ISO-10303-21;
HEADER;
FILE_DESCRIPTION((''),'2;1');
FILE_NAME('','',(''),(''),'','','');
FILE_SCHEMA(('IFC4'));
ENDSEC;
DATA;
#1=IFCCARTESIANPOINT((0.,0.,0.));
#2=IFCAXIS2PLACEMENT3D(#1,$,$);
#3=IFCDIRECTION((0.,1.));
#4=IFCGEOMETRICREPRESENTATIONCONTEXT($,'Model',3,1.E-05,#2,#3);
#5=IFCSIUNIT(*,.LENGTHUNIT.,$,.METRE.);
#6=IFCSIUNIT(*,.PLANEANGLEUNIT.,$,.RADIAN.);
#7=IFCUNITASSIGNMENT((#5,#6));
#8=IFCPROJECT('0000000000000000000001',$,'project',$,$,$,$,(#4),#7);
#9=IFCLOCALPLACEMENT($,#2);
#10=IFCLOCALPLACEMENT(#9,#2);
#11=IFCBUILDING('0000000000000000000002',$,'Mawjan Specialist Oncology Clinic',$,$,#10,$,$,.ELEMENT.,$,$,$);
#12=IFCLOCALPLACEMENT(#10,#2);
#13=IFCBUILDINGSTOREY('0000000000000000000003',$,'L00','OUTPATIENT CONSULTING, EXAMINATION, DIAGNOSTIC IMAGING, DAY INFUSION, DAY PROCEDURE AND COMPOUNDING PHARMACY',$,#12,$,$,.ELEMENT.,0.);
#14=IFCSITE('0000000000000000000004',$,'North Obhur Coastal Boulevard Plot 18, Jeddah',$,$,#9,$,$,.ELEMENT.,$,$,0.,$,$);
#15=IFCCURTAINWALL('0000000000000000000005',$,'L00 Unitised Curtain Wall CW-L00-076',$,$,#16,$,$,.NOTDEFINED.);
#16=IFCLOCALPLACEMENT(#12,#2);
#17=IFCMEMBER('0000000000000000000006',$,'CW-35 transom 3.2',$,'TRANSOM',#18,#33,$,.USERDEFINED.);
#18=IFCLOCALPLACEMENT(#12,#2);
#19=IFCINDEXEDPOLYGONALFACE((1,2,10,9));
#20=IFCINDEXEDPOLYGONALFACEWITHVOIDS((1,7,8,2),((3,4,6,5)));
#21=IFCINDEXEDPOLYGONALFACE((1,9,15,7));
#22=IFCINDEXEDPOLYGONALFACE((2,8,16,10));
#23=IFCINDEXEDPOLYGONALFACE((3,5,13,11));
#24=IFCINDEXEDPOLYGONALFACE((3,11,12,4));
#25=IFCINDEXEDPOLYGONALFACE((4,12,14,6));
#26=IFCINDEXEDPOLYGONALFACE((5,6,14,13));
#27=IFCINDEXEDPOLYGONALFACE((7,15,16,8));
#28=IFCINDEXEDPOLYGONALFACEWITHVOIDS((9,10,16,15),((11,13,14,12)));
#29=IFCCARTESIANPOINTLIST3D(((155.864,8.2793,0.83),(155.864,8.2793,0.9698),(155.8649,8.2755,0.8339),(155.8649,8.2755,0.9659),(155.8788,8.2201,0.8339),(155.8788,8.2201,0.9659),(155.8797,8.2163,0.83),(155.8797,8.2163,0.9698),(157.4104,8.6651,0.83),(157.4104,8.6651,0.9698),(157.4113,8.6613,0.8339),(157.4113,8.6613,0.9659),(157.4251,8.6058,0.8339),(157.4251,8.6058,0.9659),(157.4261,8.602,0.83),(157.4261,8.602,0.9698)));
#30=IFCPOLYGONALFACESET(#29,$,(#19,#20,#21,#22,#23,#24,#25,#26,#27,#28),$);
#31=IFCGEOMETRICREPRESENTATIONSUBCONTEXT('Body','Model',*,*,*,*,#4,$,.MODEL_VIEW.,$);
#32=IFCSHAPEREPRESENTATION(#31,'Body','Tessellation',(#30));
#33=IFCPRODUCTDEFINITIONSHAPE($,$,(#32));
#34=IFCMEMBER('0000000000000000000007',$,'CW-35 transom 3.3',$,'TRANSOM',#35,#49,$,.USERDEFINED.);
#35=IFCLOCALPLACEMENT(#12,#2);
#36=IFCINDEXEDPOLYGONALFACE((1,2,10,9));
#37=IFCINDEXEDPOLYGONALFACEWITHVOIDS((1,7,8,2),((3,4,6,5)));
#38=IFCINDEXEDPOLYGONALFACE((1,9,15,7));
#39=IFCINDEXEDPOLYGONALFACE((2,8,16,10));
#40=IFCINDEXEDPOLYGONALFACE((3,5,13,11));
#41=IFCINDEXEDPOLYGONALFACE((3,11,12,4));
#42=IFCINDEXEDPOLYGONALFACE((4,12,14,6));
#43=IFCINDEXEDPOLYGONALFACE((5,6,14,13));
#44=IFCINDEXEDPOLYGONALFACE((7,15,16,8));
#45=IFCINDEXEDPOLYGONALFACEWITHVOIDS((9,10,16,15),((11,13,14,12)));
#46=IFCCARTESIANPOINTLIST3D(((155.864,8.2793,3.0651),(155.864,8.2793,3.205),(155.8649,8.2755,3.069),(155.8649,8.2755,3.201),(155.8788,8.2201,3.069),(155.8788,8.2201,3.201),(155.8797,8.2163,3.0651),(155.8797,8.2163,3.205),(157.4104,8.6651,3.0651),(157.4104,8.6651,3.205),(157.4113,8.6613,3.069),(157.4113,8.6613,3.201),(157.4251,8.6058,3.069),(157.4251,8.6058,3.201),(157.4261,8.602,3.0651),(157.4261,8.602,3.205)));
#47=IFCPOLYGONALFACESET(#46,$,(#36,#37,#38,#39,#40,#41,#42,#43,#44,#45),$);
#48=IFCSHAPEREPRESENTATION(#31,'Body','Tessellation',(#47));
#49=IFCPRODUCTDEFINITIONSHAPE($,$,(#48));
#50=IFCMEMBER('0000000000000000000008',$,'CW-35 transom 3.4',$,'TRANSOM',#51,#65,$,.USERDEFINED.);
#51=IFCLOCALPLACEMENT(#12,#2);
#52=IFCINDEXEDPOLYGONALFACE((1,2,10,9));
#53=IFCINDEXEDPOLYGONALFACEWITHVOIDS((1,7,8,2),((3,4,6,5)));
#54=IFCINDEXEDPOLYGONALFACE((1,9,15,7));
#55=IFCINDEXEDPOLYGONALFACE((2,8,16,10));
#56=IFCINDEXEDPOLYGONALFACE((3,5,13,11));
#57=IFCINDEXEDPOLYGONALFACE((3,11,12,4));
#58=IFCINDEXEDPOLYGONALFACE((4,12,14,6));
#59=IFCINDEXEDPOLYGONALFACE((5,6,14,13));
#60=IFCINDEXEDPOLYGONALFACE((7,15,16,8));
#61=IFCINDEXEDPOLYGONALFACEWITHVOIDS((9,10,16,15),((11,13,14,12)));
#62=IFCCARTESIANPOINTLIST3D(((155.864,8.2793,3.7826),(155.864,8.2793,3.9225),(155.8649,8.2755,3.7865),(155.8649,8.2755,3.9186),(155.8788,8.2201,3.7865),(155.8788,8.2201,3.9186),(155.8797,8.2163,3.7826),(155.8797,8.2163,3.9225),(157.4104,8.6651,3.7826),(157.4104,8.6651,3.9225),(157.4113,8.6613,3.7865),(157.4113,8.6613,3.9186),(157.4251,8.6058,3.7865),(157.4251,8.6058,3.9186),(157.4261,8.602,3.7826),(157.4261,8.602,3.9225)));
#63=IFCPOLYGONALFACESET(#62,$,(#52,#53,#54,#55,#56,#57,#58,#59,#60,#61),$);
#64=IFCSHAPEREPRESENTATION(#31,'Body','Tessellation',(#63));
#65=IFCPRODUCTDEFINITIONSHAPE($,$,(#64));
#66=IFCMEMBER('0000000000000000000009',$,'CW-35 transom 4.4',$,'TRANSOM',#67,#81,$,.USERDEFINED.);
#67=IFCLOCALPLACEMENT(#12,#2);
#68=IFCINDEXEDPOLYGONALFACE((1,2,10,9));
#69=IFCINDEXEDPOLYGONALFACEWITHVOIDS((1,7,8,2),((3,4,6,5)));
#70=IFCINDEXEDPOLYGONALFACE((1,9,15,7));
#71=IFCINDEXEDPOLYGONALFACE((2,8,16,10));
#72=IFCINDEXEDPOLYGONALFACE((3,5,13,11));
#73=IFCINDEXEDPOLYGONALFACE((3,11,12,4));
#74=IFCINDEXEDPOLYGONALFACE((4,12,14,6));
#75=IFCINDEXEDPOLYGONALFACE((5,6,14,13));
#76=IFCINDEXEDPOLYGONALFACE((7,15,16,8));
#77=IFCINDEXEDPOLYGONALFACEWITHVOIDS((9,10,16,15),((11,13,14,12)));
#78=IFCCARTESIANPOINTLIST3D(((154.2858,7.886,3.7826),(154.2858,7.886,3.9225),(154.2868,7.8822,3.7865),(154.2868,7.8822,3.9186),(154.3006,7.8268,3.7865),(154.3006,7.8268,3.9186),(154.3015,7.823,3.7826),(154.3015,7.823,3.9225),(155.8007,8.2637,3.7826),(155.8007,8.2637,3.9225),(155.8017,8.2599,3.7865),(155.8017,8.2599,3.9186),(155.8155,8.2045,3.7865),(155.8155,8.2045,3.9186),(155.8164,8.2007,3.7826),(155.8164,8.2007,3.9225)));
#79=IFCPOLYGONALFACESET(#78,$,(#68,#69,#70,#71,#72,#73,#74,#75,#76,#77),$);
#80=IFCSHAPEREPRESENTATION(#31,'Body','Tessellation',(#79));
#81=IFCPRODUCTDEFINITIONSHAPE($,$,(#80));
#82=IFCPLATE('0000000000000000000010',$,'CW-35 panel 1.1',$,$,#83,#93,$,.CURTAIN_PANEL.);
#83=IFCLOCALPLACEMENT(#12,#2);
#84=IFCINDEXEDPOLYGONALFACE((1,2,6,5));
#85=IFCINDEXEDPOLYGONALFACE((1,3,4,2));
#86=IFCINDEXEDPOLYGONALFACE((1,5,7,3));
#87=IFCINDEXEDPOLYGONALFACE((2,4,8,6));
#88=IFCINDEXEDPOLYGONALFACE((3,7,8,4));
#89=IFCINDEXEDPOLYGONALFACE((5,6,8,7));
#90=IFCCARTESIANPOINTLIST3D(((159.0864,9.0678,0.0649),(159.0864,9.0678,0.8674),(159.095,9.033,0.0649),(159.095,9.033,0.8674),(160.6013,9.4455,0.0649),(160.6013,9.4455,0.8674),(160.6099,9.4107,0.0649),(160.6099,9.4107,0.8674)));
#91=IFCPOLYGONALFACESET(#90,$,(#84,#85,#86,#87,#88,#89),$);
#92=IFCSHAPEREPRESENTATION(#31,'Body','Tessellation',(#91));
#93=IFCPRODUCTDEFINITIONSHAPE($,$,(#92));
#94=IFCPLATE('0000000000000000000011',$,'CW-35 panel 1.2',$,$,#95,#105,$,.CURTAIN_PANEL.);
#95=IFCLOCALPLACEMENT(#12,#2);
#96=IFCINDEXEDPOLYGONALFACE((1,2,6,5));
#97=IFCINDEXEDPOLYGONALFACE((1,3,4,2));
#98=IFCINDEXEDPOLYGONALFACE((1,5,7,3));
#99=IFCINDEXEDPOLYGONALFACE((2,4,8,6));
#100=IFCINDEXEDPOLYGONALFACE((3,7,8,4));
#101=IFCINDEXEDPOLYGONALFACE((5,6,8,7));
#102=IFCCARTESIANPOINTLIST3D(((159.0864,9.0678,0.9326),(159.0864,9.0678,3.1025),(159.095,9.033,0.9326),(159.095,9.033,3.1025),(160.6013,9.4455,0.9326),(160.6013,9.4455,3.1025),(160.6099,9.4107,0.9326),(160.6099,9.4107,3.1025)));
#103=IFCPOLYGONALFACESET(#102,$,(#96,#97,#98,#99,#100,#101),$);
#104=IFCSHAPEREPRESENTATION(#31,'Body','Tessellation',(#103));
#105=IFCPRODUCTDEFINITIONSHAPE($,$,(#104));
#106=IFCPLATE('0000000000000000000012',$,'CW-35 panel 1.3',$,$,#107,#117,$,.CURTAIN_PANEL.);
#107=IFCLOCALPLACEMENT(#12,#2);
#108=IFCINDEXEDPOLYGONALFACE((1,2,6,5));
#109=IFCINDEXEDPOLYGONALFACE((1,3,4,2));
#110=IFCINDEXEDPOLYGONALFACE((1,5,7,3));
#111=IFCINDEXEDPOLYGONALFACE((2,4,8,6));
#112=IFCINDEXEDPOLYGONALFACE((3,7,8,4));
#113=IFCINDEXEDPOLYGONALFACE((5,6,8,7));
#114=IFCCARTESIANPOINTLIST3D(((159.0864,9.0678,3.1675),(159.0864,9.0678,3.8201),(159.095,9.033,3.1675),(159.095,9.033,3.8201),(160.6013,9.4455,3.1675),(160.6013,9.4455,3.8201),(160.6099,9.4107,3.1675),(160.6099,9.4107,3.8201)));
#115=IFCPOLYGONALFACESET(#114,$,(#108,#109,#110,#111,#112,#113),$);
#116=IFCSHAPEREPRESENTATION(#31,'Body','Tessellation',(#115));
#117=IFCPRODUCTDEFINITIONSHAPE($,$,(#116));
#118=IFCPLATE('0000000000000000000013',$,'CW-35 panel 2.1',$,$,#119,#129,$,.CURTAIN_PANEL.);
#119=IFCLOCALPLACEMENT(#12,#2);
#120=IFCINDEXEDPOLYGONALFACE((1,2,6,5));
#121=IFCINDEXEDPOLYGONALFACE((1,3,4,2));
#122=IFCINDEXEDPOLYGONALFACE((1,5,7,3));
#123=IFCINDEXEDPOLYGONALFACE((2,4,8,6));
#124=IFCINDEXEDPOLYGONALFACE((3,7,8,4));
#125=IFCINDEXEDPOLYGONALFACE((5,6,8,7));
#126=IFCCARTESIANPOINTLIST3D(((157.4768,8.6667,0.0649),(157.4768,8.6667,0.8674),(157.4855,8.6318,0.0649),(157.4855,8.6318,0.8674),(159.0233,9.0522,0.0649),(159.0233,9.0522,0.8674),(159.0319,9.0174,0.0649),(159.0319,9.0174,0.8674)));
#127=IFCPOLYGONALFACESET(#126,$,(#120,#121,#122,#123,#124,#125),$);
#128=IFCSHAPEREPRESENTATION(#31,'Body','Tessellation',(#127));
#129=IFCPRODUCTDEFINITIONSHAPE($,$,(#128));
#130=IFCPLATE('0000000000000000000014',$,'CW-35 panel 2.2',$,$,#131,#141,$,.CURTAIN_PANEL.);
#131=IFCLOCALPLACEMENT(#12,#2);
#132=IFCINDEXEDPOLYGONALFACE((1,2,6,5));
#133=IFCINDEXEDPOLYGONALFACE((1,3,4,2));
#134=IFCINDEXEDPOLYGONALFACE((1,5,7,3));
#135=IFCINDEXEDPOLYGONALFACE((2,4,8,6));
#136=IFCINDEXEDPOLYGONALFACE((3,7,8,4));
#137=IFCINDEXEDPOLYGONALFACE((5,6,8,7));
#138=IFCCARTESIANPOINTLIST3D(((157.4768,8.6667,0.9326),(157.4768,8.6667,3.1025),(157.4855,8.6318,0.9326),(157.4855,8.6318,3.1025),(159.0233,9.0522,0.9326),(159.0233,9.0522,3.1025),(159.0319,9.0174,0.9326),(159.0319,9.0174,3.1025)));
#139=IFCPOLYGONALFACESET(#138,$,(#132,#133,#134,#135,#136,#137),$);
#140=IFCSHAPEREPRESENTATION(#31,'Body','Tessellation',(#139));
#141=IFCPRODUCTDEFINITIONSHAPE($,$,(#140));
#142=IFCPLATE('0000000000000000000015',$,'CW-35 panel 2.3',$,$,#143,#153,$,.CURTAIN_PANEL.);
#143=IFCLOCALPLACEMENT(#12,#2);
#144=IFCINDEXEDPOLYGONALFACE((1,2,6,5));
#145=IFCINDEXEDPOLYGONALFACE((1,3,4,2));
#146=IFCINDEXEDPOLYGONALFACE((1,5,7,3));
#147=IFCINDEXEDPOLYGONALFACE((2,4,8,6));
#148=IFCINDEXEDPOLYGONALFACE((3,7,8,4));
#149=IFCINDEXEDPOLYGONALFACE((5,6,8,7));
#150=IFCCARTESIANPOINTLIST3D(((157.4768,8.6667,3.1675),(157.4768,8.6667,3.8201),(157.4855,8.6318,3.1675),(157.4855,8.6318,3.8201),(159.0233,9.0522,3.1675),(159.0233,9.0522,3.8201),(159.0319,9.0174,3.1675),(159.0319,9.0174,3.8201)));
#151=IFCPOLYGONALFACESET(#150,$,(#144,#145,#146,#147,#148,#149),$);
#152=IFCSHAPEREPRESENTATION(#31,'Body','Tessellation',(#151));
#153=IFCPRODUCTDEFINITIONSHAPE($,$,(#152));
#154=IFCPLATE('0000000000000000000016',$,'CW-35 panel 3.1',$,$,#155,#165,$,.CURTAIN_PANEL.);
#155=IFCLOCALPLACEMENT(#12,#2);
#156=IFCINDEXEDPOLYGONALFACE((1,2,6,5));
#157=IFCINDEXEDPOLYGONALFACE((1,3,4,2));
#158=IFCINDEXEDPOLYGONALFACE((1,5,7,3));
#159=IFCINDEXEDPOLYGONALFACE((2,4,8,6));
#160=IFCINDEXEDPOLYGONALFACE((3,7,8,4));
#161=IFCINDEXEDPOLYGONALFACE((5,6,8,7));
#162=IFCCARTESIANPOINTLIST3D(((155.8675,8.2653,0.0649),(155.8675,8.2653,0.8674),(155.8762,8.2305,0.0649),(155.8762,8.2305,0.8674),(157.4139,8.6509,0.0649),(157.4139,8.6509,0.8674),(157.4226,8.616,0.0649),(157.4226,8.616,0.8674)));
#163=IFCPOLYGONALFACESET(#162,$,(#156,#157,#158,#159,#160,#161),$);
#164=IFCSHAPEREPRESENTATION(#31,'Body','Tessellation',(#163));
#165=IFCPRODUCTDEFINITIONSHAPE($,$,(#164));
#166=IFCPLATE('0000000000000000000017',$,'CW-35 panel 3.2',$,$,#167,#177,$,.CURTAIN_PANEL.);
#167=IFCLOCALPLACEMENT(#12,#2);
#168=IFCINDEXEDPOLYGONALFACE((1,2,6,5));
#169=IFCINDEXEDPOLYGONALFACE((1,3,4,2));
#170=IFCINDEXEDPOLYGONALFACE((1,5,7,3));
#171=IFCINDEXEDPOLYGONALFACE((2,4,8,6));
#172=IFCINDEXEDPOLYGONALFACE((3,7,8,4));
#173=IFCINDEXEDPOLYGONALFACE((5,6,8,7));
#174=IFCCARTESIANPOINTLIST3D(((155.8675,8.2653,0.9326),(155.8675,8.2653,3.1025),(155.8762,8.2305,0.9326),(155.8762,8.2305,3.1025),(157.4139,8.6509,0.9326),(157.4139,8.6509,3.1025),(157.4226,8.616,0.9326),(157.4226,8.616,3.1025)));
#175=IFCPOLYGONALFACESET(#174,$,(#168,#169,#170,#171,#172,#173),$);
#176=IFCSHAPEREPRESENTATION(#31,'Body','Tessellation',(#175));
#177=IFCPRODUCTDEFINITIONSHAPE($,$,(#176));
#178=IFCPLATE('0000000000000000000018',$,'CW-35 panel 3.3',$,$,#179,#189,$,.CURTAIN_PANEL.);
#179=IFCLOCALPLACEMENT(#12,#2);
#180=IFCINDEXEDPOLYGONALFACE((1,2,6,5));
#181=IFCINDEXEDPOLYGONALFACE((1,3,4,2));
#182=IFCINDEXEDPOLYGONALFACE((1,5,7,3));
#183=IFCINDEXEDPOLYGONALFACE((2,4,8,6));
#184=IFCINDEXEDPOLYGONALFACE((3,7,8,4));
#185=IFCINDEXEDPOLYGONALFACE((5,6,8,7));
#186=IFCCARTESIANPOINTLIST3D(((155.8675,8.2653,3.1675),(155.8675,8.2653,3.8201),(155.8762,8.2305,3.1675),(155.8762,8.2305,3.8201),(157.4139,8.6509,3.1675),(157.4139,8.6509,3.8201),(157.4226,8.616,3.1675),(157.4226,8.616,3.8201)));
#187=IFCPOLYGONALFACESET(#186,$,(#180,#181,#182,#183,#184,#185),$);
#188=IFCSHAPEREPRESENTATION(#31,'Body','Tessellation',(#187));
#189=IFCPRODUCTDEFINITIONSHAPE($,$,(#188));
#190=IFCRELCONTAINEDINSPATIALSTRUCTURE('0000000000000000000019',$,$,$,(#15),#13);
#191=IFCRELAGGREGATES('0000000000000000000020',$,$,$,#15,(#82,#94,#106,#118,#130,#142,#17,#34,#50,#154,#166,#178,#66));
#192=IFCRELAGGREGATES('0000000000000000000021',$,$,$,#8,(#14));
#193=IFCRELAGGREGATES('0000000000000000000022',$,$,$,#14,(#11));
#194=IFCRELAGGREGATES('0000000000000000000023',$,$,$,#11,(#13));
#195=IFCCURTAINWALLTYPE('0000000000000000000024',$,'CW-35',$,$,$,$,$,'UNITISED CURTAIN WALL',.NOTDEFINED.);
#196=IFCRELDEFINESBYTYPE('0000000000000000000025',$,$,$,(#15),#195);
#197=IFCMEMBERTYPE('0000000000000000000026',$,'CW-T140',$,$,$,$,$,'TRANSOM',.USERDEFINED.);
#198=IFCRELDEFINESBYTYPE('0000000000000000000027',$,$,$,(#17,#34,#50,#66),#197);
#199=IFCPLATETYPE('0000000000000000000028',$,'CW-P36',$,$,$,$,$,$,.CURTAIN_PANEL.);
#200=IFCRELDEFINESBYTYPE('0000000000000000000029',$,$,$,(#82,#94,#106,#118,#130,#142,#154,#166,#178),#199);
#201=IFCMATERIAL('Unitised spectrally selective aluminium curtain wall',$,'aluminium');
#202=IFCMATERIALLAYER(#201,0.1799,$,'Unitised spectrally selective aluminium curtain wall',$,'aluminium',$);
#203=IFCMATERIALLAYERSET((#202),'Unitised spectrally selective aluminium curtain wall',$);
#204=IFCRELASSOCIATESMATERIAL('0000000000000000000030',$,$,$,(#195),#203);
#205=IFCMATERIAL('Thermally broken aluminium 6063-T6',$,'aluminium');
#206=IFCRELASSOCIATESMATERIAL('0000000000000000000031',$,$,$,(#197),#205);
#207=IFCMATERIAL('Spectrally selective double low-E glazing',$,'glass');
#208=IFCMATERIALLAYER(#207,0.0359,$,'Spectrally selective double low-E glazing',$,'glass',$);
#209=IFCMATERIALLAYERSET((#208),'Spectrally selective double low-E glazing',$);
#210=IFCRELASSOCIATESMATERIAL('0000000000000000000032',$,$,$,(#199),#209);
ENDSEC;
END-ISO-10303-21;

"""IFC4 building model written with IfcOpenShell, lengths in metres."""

from ifc_helpers import new_model, si_unit, direction, frame, origin, origin_2d, place, context, subcontext, project, spatial, rectangle, hollow_rectangle, extrude, material, layer, layer_set, material_profile, profile_set, type_object, element, aggregate, save


model = new_model("IFC4")

# Units and contexts
model_context = context("Model", 3, precision=1e-05, world=origin(), true_north=direction((0.0, 1.0)))
body_context = subcontext(model_context, "Body", "Model", "MODEL_VIEW")
ifc_project = project(units=[si_unit("LENGTHUNIT", "METRE"), si_unit("PLANEANGLEUNIT", "RADIAN")], contexts=[model_context])

# Site, building, storey
site_placement = place(None, origin())
site = spatial("IfcSite", under=ifc_project, at=site_placement, Name="North Obhur Coastal Boulevard Plot 18, Jeddah", CompositionType="ELEMENT", RefElevation=0.0)
building_placement = place(site_placement, origin())
building = spatial("IfcBuilding", under=site, at=building_placement, Name="Mawjan Specialist Oncology Clinic", CompositionType="ELEMENT")
storey_placement = place(building_placement, origin())
storey = spatial("IfcBuildingStorey", under=building, at=storey_placement, Name="L00", Description="OUTPATIENT CONSULTING, EXAMINATION, DIAGNOSTIC IMAGING, DAY INFUSION, DAY PROCEDURE AND COMPOUNDING PHARMACY", CompositionType="ELEMENT", Elevation=0.0)

# Curtain wall, members, plates
ifc_material_1 = material(Name="Unitised spectrally selective aluminium curtain wall", Category="aluminium")
ifc_layer_1 = layer(ifc_material_1, 0.1799, Name="Unitised spectrally selective aluminium curtain wall", Category="aluminium")
ifc_layer_set_1 = layer_set([ifc_layer_1], Name="Unitised spectrally selective aluminium curtain wall")
curtain_wall_type = type_object("IfcCurtainWallType", Name="CW-35", ElementType="UNITISED CURTAIN WALL", PredefinedType="NOTDEFINED", material=ifc_layer_set_1)
curtain_wall_placement = place(storey_placement, origin())
curtain_wall = element("IfcCurtainWall", 1, at=curtain_wall_placement, inside=storey, type_object=curtain_wall_type, Name="L00 Unitised Curtain Wall CW-L00-076", PredefinedType="NOTDEFINED")
ifc_material_2 = material(Name="Thermally broken aluminium 6063-T6", Category="aluminium")
ifc_material_profile_1 = material_profile(ifc_material_2, hollow_rectangle(XDim=0.0649, YDim=0.1399, WallThickness=0.0039, at=origin_2d()), Name="ALU TRANSOM 140x65x4", Category="aluminium")
ifc_profile_set_1 = profile_set([ifc_material_profile_1], Name="Thermally broken aluminium 6063-T6")
member_type_1 = type_object("IfcMemberType", Name="CW-T140", ElementType="TRANSOM", PredefinedType="USERDEFINED", material=ifc_profile_set_1)
member_1_placement = place(storey_placement, frame((157.4182, 8.6335, 0.8999), z_axis=(-0.970269, -0.242031, 0.0), x_axis=(0.242031, -0.970269, 0.0)))
member_1 = element("IfcMember", 2, at=member_1_placement, type_object=member_type_1, Name="CW-35 transom 3.2", ObjectType="TRANSOM", PredefinedType="USERDEFINED", context=body_context, shape_type="SweptSolid", body=[
    extrude(hollow_rectangle(XDim=0.0649, YDim=0.1399, WallThickness=0.0039, at=origin_2d()), origin(), (0.0, 0.0, 1.0), 1.5938),
])
member_2_placement = place(storey_placement, frame((157.4182, 8.6335, 3.135), z_axis=(-0.970269, -0.242031, 0.0), x_axis=(0.242031, -0.970269, 0.0)))
member_2 = element("IfcMember", 3, at=member_2_placement, type_object=member_type_1, Name="CW-35 transom 3.3", ObjectType="TRANSOM", PredefinedType="USERDEFINED", context=body_context, shape_type="SweptSolid", body=[
    extrude(hollow_rectangle(XDim=0.0649, YDim=0.1399, WallThickness=0.0039, at=origin_2d()), origin(), (0.0, 0.0, 1.0), 1.5938),
])
member_3_placement = place(storey_placement, frame((157.4182, 8.6335, 3.8525), z_axis=(-0.970269, -0.242031, 0.0), x_axis=(0.242031, -0.970269, 0.0)))
member_3 = element("IfcMember", 4, at=member_3_placement, type_object=member_type_1, Name="CW-35 transom 3.4", ObjectType="TRANSOM", PredefinedType="USERDEFINED", context=body_context, shape_type="SweptSolid", body=[
    extrude(hollow_rectangle(XDim=0.0649, YDim=0.1399, WallThickness=0.0039, at=origin_2d()), origin(), (0.0, 0.0, 1.0), 1.5938),
])
member_4_placement = place(storey_placement, frame((155.8086, 8.2322, 3.8525), z_axis=(-0.970299, -0.24191, 0.0), x_axis=(0.24191, -0.970299, 0.0)))
member_4 = element("IfcMember", 5, at=member_4_placement, type_object=member_type_1, Name="CW-35 transom 4.4", ObjectType="TRANSOM", PredefinedType="USERDEFINED", context=body_context, shape_type="SweptSolid", body=[
    extrude(hollow_rectangle(XDim=0.0649, YDim=0.1399, WallThickness=0.0039, at=origin_2d()), origin(), (0.0, 0.0, 1.0), 1.5613),
])
ifc_material_3 = material(Name="Spectrally selective double low-E glazing", Category="glass")
ifc_layer_2 = layer(ifc_material_3, 0.0359, Name="Spectrally selective double low-E glazing", Category="glass")
ifc_layer_set_2 = layer_set([ifc_layer_2], Name="Spectrally selective double low-E glazing")
plate_type = type_object("IfcPlateType", Name="CW-P36", PredefinedType="CURTAIN_PANEL", material=ifc_layer_set_2)
plate_1_placement = place(storey_placement, frame((159.8481, 9.2393, 0.0649), z_axis=(0.0, 0.0, 1.0), x_axis=(-0.970296, -0.241922, 0.0)))
plate_1 = element("IfcPlate", 6, at=plate_1_placement, type_object=plate_type, Name="CW-35 panel 1.1", PredefinedType="CURTAIN_PANEL", context=body_context, shape_type="SweptSolid", body=[
    extrude(rectangle(XDim=1.5613, YDim=0.0359, at=origin_2d()), origin(), (0.0, 0.0, 1.0), 0.8025),
])
plate_2_placement = place(storey_placement, frame((159.8481, 9.2393, 0.9326), z_axis=(0.0, 0.0, 1.0), x_axis=(-0.970296, -0.241922, 0.0)))
plate_2 = element("IfcPlate", 7, at=plate_2_placement, type_object=plate_type, Name="CW-35 panel 1.2", PredefinedType="CURTAIN_PANEL", context=body_context, shape_type="SweptSolid", body=[
    extrude(rectangle(XDim=1.5613, YDim=0.0359, at=origin_2d()), origin(), (0.0, 0.0, 1.0), 2.1699),
])
plate_3_placement = place(storey_placement, frame((159.8481, 9.2393, 3.1675), z_axis=(0.0, 0.0, 1.0), x_axis=(-0.970296, -0.241922, 0.0)))
plate_3 = element("IfcPlate", 8, at=plate_3_placement, type_object=plate_type, Name="CW-35 panel 1.3", PredefinedType="CURTAIN_PANEL", context=body_context, shape_type="SweptSolid", body=[
    extrude(rectangle(XDim=1.5613, YDim=0.0359, at=origin_2d()), origin(), (0.0, 0.0, 1.0), 0.6526),
])
plate_4_placement = place(storey_placement, frame((158.2544, 8.842, 0.0649), z_axis=(0.0, 0.0, 1.0), x_axis=(-0.970296, -0.241922, 0.0)))
plate_4 = element("IfcPlate", 9, at=plate_4_placement, type_object=plate_type, Name="CW-35 panel 2.1", PredefinedType="CURTAIN_PANEL", context=body_context, shape_type="SweptSolid", body=[
    extrude(rectangle(XDim=1.5938, YDim=0.0359, at=origin_2d()), origin(), (0.0, 0.0, 1.0), 0.8025),
])
plate_5_placement = place(storey_placement, frame((158.2544, 8.842, 0.9326), z_axis=(0.0, 0.0, 1.0), x_axis=(-0.970296, -0.241922, 0.0)))
plate_5 = element("IfcPlate", 10, at=plate_5_placement, type_object=plate_type, Name="CW-35 panel 2.2", PredefinedType="CURTAIN_PANEL", context=body_context, shape_type="SweptSolid", body=[
    extrude(rectangle(XDim=1.5938, YDim=0.0359, at=origin_2d()), origin(), (0.0, 0.0, 1.0), 2.1699),
])
plate_6_placement = place(storey_placement, frame((158.2544, 8.842, 3.1675), z_axis=(0.0, 0.0, 1.0), x_axis=(-0.970296, -0.241922, 0.0)))
plate_6 = element("IfcPlate", 11, at=plate_6_placement, type_object=plate_type, Name="CW-35 panel 2.3", PredefinedType="CURTAIN_PANEL", context=body_context, shape_type="SweptSolid", body=[
    extrude(rectangle(XDim=1.5938, YDim=0.0359, at=origin_2d()), origin(), (0.0, 0.0, 1.0), 0.6526),
])
plate_7_placement = place(storey_placement, frame((156.645, 8.4407, 0.0649), z_axis=(0.0, 0.0, 1.0), x_axis=(-0.970296, -0.241922, 0.0)))
plate_7 = element("IfcPlate", 12, at=plate_7_placement, type_object=plate_type, Name="CW-35 panel 3.1", PredefinedType="CURTAIN_PANEL", context=body_context, shape_type="SweptSolid", body=[
    extrude(rectangle(XDim=1.5938, YDim=0.0359, at=origin_2d()), origin(), (0.0, 0.0, 1.0), 0.8025),
])
plate_8_placement = place(storey_placement, frame((156.645, 8.4407, 0.9326), z_axis=(0.0, 0.0, 1.0), x_axis=(-0.970296, -0.241922, 0.0)))
plate_8 = element("IfcPlate", 13, at=plate_8_placement, type_object=plate_type, Name="CW-35 panel 3.2", PredefinedType="CURTAIN_PANEL", context=body_context, shape_type="SweptSolid", body=[
    extrude(rectangle(XDim=1.5938, YDim=0.0359, at=origin_2d()), origin(), (0.0, 0.0, 1.0), 2.1699),
])
plate_9_placement = place(storey_placement, frame((156.645, 8.4407, 3.1675), z_axis=(0.0, 0.0, 1.0), x_axis=(-0.970296, -0.241922, 0.0)))
plate_9 = element("IfcPlate", 14, at=plate_9_placement, type_object=plate_type, Name="CW-35 panel 3.3", PredefinedType="CURTAIN_PANEL", context=body_context, shape_type="SweptSolid", body=[
    extrude(rectangle(XDim=1.5938, YDim=0.0359, at=origin_2d()), origin(), (0.0, 0.0, 1.0), 0.6526),
])
aggregate(curtain_wall, [plate_1, plate_2, plate_3, plate_4, plate_5, plate_6, member_1, member_2, member_3, plate_7, plate_8, plate_9, member_4])

save(model, "model.ifc")
